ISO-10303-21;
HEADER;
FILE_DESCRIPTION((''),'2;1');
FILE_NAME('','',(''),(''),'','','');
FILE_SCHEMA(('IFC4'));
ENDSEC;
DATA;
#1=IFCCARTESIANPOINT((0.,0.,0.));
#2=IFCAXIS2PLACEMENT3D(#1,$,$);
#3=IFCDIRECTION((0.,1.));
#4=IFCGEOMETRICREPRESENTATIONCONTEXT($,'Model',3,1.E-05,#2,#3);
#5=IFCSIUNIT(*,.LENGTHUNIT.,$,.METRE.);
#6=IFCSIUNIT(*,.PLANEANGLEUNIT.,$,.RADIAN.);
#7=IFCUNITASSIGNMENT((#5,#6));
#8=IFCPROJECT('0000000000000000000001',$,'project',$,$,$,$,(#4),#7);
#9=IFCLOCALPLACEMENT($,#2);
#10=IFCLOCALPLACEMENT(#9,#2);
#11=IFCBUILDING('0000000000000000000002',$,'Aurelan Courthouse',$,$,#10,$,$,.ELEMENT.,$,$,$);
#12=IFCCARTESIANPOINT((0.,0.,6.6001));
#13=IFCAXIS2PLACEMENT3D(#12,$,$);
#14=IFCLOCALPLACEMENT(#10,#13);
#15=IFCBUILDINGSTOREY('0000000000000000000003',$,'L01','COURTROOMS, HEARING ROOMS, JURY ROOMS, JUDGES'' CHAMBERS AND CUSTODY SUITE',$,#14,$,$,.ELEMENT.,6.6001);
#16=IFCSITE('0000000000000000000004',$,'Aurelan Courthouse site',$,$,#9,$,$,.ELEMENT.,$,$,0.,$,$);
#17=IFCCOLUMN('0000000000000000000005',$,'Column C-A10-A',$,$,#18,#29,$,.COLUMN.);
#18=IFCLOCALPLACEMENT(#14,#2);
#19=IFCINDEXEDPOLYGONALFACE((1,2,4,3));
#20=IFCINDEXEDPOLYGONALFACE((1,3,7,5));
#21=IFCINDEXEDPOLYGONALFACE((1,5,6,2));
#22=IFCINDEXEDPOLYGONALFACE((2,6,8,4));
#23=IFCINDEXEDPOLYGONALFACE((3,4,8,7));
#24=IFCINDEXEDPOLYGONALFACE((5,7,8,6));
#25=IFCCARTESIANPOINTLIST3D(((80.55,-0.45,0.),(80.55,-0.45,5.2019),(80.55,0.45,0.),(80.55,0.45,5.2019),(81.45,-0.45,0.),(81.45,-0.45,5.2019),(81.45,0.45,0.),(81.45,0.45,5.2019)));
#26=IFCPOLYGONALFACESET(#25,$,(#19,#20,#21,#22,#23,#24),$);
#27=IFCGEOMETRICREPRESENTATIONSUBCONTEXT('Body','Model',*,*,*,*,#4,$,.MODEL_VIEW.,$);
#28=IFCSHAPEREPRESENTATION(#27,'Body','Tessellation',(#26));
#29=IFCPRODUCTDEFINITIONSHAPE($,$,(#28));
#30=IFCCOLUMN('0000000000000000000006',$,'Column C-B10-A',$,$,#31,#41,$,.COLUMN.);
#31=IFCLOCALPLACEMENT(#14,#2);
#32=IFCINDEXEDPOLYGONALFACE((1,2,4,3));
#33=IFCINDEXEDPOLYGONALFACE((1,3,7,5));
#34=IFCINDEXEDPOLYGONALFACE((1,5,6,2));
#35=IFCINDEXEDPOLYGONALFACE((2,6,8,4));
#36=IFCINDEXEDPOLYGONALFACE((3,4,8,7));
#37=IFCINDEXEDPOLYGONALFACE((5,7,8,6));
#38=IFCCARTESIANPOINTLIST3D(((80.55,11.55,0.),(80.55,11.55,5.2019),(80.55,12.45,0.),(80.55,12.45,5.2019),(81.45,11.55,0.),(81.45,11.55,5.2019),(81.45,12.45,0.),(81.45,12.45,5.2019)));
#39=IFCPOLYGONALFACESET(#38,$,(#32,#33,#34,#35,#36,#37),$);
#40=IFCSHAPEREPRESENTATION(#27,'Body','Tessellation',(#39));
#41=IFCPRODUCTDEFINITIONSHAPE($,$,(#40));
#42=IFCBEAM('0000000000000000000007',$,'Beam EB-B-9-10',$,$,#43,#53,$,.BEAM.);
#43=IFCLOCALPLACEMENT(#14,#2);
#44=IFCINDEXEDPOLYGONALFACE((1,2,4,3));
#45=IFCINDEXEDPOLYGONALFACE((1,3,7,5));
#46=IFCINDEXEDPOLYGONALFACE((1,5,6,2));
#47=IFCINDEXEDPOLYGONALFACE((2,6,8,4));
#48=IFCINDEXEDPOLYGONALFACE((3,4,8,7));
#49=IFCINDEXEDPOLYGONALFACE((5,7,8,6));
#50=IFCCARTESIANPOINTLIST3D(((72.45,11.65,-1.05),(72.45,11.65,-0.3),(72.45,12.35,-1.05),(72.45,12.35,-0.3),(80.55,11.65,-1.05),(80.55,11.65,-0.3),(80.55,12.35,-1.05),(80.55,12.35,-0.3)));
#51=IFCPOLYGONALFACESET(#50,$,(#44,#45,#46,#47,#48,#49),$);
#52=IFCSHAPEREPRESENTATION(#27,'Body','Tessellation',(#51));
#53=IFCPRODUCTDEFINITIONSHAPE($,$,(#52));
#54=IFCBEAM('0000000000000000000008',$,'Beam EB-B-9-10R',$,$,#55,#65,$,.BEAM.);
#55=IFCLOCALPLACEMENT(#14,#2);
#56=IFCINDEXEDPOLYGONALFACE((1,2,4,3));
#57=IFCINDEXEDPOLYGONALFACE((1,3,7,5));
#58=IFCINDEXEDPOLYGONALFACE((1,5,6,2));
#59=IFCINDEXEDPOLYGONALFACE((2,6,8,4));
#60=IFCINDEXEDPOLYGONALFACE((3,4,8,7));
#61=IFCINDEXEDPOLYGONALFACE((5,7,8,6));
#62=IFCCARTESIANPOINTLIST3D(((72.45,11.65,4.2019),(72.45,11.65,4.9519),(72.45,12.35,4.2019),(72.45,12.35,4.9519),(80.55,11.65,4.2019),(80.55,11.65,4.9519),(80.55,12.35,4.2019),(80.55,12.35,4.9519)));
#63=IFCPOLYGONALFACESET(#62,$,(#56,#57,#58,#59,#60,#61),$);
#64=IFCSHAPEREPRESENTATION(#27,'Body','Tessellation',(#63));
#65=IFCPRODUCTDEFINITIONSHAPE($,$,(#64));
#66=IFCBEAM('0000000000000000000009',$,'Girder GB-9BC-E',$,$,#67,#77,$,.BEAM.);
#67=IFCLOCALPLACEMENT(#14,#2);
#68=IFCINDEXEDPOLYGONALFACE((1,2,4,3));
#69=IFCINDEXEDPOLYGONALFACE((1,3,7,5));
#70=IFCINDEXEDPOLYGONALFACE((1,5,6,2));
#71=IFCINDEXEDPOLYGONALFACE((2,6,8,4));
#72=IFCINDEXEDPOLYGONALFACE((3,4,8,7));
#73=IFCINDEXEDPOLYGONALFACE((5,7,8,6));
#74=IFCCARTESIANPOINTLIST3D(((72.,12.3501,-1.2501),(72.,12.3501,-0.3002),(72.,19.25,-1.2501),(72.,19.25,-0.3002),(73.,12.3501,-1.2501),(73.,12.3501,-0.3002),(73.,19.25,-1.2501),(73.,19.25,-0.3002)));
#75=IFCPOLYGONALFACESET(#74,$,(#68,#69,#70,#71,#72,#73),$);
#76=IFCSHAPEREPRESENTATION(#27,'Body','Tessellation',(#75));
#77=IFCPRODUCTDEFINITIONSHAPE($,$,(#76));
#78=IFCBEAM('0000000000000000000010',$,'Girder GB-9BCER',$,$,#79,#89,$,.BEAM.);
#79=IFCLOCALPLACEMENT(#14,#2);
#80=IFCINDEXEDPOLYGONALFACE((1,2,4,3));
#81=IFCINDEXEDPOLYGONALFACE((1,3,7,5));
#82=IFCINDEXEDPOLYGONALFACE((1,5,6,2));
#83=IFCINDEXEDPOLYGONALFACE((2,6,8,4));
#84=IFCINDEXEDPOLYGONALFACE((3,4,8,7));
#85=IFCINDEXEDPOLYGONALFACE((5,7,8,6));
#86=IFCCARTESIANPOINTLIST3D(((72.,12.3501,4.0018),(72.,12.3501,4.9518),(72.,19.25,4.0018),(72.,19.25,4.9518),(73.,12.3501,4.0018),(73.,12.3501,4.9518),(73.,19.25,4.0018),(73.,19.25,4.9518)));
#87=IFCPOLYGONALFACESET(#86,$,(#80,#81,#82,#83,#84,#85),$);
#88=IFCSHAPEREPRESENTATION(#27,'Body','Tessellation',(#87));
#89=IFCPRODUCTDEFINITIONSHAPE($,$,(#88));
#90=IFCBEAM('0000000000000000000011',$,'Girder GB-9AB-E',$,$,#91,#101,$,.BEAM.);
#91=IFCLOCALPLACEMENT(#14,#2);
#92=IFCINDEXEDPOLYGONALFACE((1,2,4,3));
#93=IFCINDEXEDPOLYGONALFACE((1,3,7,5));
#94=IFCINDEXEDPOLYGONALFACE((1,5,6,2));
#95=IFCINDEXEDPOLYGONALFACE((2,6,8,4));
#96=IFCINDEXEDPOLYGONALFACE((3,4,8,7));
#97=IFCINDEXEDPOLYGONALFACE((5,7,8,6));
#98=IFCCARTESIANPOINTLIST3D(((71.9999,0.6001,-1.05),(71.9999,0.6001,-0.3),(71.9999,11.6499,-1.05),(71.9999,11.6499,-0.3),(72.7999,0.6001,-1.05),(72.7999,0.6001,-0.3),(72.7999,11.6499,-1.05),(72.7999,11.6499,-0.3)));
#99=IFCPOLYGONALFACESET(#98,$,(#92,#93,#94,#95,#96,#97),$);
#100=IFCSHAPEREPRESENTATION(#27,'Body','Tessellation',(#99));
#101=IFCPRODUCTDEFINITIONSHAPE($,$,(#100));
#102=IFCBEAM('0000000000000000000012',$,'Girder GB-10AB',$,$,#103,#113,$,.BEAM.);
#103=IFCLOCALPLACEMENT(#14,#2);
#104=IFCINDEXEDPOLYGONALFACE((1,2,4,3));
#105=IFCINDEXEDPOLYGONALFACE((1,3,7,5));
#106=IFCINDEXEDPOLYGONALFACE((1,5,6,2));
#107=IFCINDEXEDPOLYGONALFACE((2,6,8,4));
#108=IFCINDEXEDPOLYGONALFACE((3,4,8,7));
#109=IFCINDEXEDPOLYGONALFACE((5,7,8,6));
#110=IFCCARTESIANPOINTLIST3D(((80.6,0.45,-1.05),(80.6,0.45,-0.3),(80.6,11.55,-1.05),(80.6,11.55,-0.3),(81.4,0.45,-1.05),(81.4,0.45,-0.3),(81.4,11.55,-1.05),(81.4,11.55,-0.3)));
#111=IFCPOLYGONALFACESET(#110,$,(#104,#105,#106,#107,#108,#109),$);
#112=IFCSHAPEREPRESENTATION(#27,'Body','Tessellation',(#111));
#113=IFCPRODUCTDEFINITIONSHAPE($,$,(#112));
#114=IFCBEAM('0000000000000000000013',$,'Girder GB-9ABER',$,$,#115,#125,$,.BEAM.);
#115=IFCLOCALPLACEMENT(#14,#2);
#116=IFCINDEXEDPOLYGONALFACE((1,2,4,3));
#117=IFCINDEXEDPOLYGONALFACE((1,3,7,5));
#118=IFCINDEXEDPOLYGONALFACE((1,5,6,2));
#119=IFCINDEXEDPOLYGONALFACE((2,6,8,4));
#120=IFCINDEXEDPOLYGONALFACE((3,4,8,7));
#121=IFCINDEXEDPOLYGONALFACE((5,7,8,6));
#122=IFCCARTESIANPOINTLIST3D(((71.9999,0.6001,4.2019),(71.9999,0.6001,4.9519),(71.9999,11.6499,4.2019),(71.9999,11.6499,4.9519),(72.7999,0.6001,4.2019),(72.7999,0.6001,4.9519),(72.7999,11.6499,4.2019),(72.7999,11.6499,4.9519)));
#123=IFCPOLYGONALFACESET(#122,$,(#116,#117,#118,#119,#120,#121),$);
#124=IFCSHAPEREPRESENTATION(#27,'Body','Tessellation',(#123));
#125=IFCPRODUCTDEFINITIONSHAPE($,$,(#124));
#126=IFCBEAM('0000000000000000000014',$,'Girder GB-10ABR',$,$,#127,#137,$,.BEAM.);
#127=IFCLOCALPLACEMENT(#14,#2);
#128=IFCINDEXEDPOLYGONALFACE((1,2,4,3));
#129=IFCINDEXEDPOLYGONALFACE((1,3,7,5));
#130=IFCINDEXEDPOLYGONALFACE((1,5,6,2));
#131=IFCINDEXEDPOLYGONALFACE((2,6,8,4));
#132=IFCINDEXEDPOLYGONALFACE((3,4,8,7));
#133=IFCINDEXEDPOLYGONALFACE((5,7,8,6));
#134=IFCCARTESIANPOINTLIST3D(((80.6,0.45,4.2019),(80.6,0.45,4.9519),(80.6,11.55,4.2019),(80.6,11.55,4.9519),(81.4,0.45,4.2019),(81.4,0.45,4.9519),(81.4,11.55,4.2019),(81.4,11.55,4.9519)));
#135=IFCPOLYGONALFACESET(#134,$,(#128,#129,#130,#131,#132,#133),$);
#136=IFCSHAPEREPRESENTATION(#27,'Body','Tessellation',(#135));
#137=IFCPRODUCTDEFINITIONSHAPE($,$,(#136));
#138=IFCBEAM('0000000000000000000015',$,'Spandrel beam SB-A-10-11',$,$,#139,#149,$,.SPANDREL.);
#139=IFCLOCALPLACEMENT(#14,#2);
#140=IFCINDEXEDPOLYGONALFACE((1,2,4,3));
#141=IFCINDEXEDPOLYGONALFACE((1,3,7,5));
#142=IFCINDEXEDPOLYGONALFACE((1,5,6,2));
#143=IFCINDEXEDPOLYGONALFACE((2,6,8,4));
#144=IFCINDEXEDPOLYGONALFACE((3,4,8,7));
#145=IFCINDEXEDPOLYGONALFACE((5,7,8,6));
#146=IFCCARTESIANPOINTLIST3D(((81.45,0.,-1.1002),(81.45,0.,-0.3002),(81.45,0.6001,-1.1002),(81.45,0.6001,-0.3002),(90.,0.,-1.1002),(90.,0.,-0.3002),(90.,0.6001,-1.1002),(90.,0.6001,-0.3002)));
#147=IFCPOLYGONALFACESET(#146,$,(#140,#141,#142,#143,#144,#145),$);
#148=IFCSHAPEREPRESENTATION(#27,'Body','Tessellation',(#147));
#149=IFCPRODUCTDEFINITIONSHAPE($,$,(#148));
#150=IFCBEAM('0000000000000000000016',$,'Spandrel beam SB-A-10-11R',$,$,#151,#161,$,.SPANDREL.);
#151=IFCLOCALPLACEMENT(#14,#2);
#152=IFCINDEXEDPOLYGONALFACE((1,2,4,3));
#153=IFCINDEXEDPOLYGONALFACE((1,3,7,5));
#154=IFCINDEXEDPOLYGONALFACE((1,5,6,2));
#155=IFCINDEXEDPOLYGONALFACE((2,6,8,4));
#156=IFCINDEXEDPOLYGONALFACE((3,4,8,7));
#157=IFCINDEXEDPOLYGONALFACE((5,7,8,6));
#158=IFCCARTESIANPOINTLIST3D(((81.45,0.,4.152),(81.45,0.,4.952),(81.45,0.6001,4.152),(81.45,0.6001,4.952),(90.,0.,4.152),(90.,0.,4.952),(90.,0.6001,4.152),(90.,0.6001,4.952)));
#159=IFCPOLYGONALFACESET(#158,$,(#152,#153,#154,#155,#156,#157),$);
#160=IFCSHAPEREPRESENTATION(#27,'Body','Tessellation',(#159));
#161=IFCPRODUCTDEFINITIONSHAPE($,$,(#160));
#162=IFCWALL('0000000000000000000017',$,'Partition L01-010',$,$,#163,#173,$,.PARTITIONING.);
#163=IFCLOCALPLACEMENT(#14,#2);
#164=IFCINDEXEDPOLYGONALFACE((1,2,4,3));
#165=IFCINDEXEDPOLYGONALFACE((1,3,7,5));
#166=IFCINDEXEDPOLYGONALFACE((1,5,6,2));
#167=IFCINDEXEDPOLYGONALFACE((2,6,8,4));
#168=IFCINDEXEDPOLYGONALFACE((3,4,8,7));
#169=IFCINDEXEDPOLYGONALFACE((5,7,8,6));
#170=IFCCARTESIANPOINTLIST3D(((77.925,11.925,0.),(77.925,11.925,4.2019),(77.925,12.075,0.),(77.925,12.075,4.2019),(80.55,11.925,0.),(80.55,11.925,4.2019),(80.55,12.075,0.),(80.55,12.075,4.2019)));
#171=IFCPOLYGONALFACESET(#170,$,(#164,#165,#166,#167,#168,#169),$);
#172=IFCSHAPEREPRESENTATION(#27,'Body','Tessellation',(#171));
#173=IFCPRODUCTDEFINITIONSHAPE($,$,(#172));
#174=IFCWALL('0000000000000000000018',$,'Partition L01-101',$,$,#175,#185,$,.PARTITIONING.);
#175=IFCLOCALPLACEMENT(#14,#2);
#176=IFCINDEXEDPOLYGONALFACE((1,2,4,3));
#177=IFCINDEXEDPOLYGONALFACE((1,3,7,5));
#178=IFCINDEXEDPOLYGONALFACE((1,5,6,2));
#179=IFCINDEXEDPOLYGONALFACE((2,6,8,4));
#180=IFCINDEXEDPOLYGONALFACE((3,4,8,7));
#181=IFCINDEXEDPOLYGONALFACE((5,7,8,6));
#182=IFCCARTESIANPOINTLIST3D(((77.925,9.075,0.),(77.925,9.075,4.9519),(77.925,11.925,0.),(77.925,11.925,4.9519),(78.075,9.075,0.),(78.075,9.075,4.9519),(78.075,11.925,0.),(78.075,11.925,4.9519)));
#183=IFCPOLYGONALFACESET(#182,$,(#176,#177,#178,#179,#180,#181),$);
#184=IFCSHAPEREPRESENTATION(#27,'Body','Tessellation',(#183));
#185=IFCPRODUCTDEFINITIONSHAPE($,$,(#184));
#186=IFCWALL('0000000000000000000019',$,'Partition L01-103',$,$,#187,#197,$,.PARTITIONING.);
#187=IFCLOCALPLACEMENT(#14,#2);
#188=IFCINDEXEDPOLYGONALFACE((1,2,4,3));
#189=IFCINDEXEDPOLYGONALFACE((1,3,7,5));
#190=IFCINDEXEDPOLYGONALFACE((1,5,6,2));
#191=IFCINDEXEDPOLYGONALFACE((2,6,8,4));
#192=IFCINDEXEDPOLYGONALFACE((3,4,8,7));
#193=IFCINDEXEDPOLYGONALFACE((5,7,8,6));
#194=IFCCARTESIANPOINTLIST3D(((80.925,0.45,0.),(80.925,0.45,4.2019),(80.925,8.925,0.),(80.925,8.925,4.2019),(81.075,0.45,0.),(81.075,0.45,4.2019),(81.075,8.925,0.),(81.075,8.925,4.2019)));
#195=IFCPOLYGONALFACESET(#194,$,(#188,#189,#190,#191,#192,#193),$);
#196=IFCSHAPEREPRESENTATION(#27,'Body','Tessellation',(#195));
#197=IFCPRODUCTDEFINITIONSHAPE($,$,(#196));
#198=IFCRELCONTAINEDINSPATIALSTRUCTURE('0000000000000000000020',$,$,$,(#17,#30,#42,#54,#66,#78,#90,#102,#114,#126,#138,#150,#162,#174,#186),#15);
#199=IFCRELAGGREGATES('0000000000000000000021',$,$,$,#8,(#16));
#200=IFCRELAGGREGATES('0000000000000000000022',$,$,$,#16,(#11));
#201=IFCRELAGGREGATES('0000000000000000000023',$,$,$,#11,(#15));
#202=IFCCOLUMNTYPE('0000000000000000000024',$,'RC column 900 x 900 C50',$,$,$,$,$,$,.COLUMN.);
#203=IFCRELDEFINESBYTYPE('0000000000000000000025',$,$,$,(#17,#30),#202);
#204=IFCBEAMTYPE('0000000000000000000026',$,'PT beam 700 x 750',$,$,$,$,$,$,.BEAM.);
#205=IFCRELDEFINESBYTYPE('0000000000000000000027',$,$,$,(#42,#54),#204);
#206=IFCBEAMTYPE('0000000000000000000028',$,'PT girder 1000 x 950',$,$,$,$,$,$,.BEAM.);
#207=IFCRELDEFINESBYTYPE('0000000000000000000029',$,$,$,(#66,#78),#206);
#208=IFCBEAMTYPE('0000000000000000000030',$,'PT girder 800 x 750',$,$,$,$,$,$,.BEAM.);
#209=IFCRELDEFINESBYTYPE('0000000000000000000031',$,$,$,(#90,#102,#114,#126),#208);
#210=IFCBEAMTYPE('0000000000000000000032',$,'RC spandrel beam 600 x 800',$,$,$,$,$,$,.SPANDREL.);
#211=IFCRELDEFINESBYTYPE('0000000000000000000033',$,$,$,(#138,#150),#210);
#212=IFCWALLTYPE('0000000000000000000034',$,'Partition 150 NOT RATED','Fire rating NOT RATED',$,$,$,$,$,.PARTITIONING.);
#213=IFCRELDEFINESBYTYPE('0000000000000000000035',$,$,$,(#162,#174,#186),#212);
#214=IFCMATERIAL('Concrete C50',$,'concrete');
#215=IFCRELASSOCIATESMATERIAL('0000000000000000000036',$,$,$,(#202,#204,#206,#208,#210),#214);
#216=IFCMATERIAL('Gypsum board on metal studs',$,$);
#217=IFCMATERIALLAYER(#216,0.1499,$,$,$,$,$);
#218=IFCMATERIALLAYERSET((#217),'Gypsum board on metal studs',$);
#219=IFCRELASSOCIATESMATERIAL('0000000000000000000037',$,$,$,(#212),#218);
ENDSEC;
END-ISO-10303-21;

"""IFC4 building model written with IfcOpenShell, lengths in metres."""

from ifc_helpers import new_model, si_unit, direction, frame, frame_2d, origin, origin_2d, place, context, subcontext, project, spatial, rectangle, extrude, material, layer, layer_set, material_profile, profile_set, type_object, element, save


model = new_model("IFC4")

# Units and contexts
model_context = context("Model", 3, precision=1e-05, world=origin(), true_north=direction((0.0, 1.0)))
body_context = subcontext(model_context, "Body", "Model", "MODEL_VIEW")
ifc_project = project(units=[si_unit("LENGTHUNIT", "METRE"), si_unit("PLANEANGLEUNIT", "RADIAN")], contexts=[model_context])

# Site, building, storey
site_placement = place(None, origin())
site = spatial("IfcSite", under=ifc_project, at=site_placement, Name="Aurelan Courthouse site", CompositionType="ELEMENT", RefElevation=0.0)
building_placement = place(site_placement, origin())
building = spatial("IfcBuilding", under=site, at=building_placement, Name="Aurelan Courthouse", CompositionType="ELEMENT")
storey_placement = place(building_placement, frame((0.0, 0.0, 6.6001)))
storey = spatial("IfcBuildingStorey", under=building, at=storey_placement, Name="L01", Description="COURTROOMS, HEARING ROOMS, JURY ROOMS, JUDGES' CHAMBERS AND CUSTODY SUITE", CompositionType="ELEMENT", Elevation=6.6001)

# Columns
ifc_material_1 = material(Name="Concrete C50", Category="concrete")
ifc_material_profile_1 = material_profile(ifc_material_1, rectangle(XDim=0.8999, YDim=0.8999, at=origin_2d()), Name="RC 900 x 900")
ifc_profile_set_1 = profile_set([ifc_material_profile_1], Name="Concrete C50")
column_type = type_object("IfcColumnType", Name="RC column 900 x 900 C50", PredefinedType="COLUMN", material=ifc_profile_set_1)
for number, where, z_axis, x_axis, name in (
    (1, (81.0, 0.0, 0.0), (0.0, 0.0, 1.0), (1.0, 0.0, 0.0), "Column C-A10-A"),
    (2, (81.0, 12.0, 0.0), (0.0, 0.0, 1.0), (1.0, 0.0, 0.0), "Column C-B10-A"),
):
    element("IfcColumn", number, at=place(storey_placement, frame(where, z_axis=z_axis, x_axis=x_axis)), inside=storey, type_object=column_type, Name=name, PredefinedType="COLUMN", context=body_context, shape_type="SweptSolid", body=[
        extrude(rectangle(XDim=0.8999, YDim=0.8999, at=origin_2d()), origin(), (0.0, 0.0, 1.0), 5.2019),
    ])

# Beams
ifc_material_profile_2 = material_profile(ifc_material_1, rectangle(XDim=0.7, YDim=0.75, at=origin_2d()), Name="RC 700 x 750")
ifc_profile_set_2 = profile_set([ifc_material_profile_2], Name="Concrete C50")
beam_type_1 = type_object("IfcBeamType", Name="PT beam 700 x 750", PredefinedType="BEAM", material=ifc_profile_set_2)
for number, where, z_axis, x_axis, name in (
    (3, (72.45, 12.0, -0.675), (1.0, 0.0, 0.0), (0.0, 1.0, 0.0), "Beam EB-B-9-10"),
    (4, (72.45, 12.0, 4.5769), (1.0, 0.0, 0.0), (0.0, 1.0, 0.0), "Beam EB-B-9-10R"),
):
    element("IfcBeam", number, at=place(storey_placement, frame(where, z_axis=z_axis, x_axis=x_axis)), inside=storey, type_object=beam_type_1, Name=name, PredefinedType="BEAM", context=body_context, shape_type="SweptSolid", body=[
        extrude(rectangle(XDim=0.7, YDim=0.75, at=origin_2d()), origin(), (0.0, 0.0, 1.0), 8.1001),
    ])
ifc_material_profile_3 = material_profile(ifc_material_1, rectangle(XDim=1.0, YDim=0.95, at=origin_2d()), Name="RC 1000 x 950")
ifc_profile_set_3 = profile_set([ifc_material_profile_3], Name="Concrete C50")
beam_type_2 = type_object("IfcBeamType", Name="PT girder 1000 x 950", PredefinedType="BEAM", material=ifc_profile_set_3)
for number, where, z_axis, x_axis, name in (
    (5, (72.5, 12.3501, -0.7751), (0.0, 1.0, 0.0), (-1.0, 0.0, 0.0), "Girder GB-9BC-E"),
    (6, (72.5, 12.3501, 4.4768), (0.0, 1.0, 0.0), (-1.0, 0.0, 0.0), "Girder GB-9BCER"),
):
    element("IfcBeam", number, at=place(storey_placement, frame(where, z_axis=z_axis, x_axis=x_axis)), inside=storey, type_object=beam_type_2, Name=name, PredefinedType="BEAM", context=body_context, shape_type="SweptSolid", body=[
        extrude(rectangle(XDim=1.0, YDim=0.95, at=origin_2d()), origin(), (0.0, 0.0, 1.0), 6.8999),
    ])
ifc_material_profile_4 = material_profile(ifc_material_1, rectangle(XDim=0.8, YDim=0.75, at=origin_2d()), Name="RC 800 x 750")
ifc_profile_set_4 = profile_set([ifc_material_profile_4], Name="Concrete C50")
beam_type_3 = type_object("IfcBeamType", Name="PT girder 800 x 750", PredefinedType="BEAM", material=ifc_profile_set_4)
beam_1_placement = place(storey_placement, frame((72.3999, 0.6001, -0.675), z_axis=(0.0, 1.0, 0.0), x_axis=(-1.0, 0.0, 0.0)))
element("IfcBeam", 7, at=beam_1_placement, inside=storey, type_object=beam_type_3, Name="Girder GB-9AB-E", PredefinedType="BEAM", context=body_context, shape_type="SweptSolid", body=[
    extrude(rectangle(XDim=0.8, YDim=0.75, at=origin_2d()), origin(), (0.0, 0.0, 1.0), 11.0498),
])
beam_2_placement = place(storey_placement, frame((81.0, 0.45, -0.675), z_axis=(0.0, 1.0, 0.0), x_axis=(-1.0, 0.0, 0.0)))
element("IfcBeam", 8, at=beam_2_placement, inside=storey, type_object=beam_type_3, Name="Girder GB-10AB", PredefinedType="BEAM", context=body_context, shape_type="SweptSolid", body=[
    extrude(rectangle(XDim=0.8, YDim=0.75, at=origin_2d()), origin(), (0.0, 0.0, 1.0), 11.1001),
])
beam_3_placement = place(storey_placement, frame((72.3999, 0.6001, 4.5769), z_axis=(0.0, 1.0, 0.0), x_axis=(-1.0, 0.0, 0.0)))
element("IfcBeam", 9, at=beam_3_placement, inside=storey, type_object=beam_type_3, Name="Girder GB-9ABER", PredefinedType="BEAM", context=body_context, shape_type="SweptSolid", body=[
    extrude(rectangle(XDim=0.8, YDim=0.75, at=origin_2d()), origin(), (0.0, 0.0, 1.0), 11.0498),
])
beam_4_placement = place(storey_placement, frame((81.0, 0.45, 4.5769), z_axis=(0.0, 1.0, 0.0), x_axis=(-1.0, 0.0, 0.0)))
element("IfcBeam", 10, at=beam_4_placement, inside=storey, type_object=beam_type_3, Name="Girder GB-10ABR", PredefinedType="BEAM", context=body_context, shape_type="SweptSolid", body=[
    extrude(rectangle(XDim=0.8, YDim=0.75, at=origin_2d()), origin(), (0.0, 0.0, 1.0), 11.1001),
])
ifc_material_profile_5 = material_profile(ifc_material_1, rectangle(XDim=0.6001, YDim=0.8, at=origin_2d()), Name="RC 600 x 800")
ifc_profile_set_5 = profile_set([ifc_material_profile_5], Name="Concrete C50")
beam_type_4 = type_object("IfcBeamType", Name="RC spandrel beam 600 x 800", PredefinedType="SPANDREL", material=ifc_profile_set_5)
for number, where, z_axis, x_axis, name in (
    (11, (81.45, 0.3, -0.7002), (1.0, 0.0, 0.0), (0.0, 1.0, 0.0), "Spandrel beam SB-A-10-11"),
    (12, (81.45, 0.3, 4.552), (1.0, 0.0, 0.0), (0.0, 1.0, 0.0), "Spandrel beam SB-A-10-11R"),
):
    element("IfcBeam", number, at=place(storey_placement, frame(where, z_axis=z_axis, x_axis=x_axis)), inside=storey, type_object=beam_type_4, Name=name, PredefinedType="SPANDREL", context=body_context, shape_type="SweptSolid", body=[
        extrude(rectangle(XDim=0.6001, YDim=0.8, at=origin_2d()), origin(), (0.0, 0.0, 1.0), 8.55),
    ])

# Walls
ifc_material_2 = material(Name="Gypsum board on metal studs")
ifc_layer_1 = layer(ifc_material_2, 0.1499)
ifc_layer_set_1 = layer_set([ifc_layer_1], Name="Gypsum board on metal studs")
wall_type_1 = type_object("IfcWallType", Name="Partition 150 NOT RATED", Description="Fire rating NOT RATED", PredefinedType="PARTITIONING", material=ifc_layer_set_1)
wall_1_placement = place(storey_placement, frame((77.925, 12.0, 0.0), z_axis=(0.0, 0.0, 1.0), x_axis=(1.0, 0.0, 0.0)))
element("IfcWall", 13, at=wall_1_placement, inside=storey, type_object=wall_type_1, Name="Partition L01-010", PredefinedType="PARTITIONING", context=body_context, shape_type="SweptSolid", body=[
    extrude(rectangle(XDim=2.625, YDim=0.1499, at=frame_2d((1.3125, 0.0))), origin(), (0.0, 0.0, 1.0), 4.2019),
])
wall_2_placement = place(storey_placement, frame((78.0, 9.075, 0.0), z_axis=(0.0, 0.0, 1.0), x_axis=(0.0, 1.0, 0.0)))
element("IfcWall", 14, at=wall_2_placement, inside=storey, type_object=wall_type_1, Name="Partition L01-101", PredefinedType="PARTITIONING", context=body_context, shape_type="SweptSolid", body=[
    extrude(rectangle(XDim=2.8501, YDim=0.1499, at=frame_2d((1.425, 0.0))), origin(), (0.0, 0.0, 1.0), 4.9519),
])
wall_3_placement = place(storey_placement, frame((81.0, 0.45, 0.0), z_axis=(0.0, 0.0, 1.0), x_axis=(0.0, 1.0, 0.0)))
element("IfcWall", 15, at=wall_3_placement, inside=storey, type_object=wall_type_1, Name="Partition L01-103", PredefinedType="PARTITIONING", context=body_context, shape_type="SweptSolid", body=[
    extrude(rectangle(XDim=8.4751, YDim=0.1499, at=frame_2d((4.2375, 0.0))), origin(), (0.0, 0.0, 1.0), 4.2019),
])

save(model, "model.ifc")
